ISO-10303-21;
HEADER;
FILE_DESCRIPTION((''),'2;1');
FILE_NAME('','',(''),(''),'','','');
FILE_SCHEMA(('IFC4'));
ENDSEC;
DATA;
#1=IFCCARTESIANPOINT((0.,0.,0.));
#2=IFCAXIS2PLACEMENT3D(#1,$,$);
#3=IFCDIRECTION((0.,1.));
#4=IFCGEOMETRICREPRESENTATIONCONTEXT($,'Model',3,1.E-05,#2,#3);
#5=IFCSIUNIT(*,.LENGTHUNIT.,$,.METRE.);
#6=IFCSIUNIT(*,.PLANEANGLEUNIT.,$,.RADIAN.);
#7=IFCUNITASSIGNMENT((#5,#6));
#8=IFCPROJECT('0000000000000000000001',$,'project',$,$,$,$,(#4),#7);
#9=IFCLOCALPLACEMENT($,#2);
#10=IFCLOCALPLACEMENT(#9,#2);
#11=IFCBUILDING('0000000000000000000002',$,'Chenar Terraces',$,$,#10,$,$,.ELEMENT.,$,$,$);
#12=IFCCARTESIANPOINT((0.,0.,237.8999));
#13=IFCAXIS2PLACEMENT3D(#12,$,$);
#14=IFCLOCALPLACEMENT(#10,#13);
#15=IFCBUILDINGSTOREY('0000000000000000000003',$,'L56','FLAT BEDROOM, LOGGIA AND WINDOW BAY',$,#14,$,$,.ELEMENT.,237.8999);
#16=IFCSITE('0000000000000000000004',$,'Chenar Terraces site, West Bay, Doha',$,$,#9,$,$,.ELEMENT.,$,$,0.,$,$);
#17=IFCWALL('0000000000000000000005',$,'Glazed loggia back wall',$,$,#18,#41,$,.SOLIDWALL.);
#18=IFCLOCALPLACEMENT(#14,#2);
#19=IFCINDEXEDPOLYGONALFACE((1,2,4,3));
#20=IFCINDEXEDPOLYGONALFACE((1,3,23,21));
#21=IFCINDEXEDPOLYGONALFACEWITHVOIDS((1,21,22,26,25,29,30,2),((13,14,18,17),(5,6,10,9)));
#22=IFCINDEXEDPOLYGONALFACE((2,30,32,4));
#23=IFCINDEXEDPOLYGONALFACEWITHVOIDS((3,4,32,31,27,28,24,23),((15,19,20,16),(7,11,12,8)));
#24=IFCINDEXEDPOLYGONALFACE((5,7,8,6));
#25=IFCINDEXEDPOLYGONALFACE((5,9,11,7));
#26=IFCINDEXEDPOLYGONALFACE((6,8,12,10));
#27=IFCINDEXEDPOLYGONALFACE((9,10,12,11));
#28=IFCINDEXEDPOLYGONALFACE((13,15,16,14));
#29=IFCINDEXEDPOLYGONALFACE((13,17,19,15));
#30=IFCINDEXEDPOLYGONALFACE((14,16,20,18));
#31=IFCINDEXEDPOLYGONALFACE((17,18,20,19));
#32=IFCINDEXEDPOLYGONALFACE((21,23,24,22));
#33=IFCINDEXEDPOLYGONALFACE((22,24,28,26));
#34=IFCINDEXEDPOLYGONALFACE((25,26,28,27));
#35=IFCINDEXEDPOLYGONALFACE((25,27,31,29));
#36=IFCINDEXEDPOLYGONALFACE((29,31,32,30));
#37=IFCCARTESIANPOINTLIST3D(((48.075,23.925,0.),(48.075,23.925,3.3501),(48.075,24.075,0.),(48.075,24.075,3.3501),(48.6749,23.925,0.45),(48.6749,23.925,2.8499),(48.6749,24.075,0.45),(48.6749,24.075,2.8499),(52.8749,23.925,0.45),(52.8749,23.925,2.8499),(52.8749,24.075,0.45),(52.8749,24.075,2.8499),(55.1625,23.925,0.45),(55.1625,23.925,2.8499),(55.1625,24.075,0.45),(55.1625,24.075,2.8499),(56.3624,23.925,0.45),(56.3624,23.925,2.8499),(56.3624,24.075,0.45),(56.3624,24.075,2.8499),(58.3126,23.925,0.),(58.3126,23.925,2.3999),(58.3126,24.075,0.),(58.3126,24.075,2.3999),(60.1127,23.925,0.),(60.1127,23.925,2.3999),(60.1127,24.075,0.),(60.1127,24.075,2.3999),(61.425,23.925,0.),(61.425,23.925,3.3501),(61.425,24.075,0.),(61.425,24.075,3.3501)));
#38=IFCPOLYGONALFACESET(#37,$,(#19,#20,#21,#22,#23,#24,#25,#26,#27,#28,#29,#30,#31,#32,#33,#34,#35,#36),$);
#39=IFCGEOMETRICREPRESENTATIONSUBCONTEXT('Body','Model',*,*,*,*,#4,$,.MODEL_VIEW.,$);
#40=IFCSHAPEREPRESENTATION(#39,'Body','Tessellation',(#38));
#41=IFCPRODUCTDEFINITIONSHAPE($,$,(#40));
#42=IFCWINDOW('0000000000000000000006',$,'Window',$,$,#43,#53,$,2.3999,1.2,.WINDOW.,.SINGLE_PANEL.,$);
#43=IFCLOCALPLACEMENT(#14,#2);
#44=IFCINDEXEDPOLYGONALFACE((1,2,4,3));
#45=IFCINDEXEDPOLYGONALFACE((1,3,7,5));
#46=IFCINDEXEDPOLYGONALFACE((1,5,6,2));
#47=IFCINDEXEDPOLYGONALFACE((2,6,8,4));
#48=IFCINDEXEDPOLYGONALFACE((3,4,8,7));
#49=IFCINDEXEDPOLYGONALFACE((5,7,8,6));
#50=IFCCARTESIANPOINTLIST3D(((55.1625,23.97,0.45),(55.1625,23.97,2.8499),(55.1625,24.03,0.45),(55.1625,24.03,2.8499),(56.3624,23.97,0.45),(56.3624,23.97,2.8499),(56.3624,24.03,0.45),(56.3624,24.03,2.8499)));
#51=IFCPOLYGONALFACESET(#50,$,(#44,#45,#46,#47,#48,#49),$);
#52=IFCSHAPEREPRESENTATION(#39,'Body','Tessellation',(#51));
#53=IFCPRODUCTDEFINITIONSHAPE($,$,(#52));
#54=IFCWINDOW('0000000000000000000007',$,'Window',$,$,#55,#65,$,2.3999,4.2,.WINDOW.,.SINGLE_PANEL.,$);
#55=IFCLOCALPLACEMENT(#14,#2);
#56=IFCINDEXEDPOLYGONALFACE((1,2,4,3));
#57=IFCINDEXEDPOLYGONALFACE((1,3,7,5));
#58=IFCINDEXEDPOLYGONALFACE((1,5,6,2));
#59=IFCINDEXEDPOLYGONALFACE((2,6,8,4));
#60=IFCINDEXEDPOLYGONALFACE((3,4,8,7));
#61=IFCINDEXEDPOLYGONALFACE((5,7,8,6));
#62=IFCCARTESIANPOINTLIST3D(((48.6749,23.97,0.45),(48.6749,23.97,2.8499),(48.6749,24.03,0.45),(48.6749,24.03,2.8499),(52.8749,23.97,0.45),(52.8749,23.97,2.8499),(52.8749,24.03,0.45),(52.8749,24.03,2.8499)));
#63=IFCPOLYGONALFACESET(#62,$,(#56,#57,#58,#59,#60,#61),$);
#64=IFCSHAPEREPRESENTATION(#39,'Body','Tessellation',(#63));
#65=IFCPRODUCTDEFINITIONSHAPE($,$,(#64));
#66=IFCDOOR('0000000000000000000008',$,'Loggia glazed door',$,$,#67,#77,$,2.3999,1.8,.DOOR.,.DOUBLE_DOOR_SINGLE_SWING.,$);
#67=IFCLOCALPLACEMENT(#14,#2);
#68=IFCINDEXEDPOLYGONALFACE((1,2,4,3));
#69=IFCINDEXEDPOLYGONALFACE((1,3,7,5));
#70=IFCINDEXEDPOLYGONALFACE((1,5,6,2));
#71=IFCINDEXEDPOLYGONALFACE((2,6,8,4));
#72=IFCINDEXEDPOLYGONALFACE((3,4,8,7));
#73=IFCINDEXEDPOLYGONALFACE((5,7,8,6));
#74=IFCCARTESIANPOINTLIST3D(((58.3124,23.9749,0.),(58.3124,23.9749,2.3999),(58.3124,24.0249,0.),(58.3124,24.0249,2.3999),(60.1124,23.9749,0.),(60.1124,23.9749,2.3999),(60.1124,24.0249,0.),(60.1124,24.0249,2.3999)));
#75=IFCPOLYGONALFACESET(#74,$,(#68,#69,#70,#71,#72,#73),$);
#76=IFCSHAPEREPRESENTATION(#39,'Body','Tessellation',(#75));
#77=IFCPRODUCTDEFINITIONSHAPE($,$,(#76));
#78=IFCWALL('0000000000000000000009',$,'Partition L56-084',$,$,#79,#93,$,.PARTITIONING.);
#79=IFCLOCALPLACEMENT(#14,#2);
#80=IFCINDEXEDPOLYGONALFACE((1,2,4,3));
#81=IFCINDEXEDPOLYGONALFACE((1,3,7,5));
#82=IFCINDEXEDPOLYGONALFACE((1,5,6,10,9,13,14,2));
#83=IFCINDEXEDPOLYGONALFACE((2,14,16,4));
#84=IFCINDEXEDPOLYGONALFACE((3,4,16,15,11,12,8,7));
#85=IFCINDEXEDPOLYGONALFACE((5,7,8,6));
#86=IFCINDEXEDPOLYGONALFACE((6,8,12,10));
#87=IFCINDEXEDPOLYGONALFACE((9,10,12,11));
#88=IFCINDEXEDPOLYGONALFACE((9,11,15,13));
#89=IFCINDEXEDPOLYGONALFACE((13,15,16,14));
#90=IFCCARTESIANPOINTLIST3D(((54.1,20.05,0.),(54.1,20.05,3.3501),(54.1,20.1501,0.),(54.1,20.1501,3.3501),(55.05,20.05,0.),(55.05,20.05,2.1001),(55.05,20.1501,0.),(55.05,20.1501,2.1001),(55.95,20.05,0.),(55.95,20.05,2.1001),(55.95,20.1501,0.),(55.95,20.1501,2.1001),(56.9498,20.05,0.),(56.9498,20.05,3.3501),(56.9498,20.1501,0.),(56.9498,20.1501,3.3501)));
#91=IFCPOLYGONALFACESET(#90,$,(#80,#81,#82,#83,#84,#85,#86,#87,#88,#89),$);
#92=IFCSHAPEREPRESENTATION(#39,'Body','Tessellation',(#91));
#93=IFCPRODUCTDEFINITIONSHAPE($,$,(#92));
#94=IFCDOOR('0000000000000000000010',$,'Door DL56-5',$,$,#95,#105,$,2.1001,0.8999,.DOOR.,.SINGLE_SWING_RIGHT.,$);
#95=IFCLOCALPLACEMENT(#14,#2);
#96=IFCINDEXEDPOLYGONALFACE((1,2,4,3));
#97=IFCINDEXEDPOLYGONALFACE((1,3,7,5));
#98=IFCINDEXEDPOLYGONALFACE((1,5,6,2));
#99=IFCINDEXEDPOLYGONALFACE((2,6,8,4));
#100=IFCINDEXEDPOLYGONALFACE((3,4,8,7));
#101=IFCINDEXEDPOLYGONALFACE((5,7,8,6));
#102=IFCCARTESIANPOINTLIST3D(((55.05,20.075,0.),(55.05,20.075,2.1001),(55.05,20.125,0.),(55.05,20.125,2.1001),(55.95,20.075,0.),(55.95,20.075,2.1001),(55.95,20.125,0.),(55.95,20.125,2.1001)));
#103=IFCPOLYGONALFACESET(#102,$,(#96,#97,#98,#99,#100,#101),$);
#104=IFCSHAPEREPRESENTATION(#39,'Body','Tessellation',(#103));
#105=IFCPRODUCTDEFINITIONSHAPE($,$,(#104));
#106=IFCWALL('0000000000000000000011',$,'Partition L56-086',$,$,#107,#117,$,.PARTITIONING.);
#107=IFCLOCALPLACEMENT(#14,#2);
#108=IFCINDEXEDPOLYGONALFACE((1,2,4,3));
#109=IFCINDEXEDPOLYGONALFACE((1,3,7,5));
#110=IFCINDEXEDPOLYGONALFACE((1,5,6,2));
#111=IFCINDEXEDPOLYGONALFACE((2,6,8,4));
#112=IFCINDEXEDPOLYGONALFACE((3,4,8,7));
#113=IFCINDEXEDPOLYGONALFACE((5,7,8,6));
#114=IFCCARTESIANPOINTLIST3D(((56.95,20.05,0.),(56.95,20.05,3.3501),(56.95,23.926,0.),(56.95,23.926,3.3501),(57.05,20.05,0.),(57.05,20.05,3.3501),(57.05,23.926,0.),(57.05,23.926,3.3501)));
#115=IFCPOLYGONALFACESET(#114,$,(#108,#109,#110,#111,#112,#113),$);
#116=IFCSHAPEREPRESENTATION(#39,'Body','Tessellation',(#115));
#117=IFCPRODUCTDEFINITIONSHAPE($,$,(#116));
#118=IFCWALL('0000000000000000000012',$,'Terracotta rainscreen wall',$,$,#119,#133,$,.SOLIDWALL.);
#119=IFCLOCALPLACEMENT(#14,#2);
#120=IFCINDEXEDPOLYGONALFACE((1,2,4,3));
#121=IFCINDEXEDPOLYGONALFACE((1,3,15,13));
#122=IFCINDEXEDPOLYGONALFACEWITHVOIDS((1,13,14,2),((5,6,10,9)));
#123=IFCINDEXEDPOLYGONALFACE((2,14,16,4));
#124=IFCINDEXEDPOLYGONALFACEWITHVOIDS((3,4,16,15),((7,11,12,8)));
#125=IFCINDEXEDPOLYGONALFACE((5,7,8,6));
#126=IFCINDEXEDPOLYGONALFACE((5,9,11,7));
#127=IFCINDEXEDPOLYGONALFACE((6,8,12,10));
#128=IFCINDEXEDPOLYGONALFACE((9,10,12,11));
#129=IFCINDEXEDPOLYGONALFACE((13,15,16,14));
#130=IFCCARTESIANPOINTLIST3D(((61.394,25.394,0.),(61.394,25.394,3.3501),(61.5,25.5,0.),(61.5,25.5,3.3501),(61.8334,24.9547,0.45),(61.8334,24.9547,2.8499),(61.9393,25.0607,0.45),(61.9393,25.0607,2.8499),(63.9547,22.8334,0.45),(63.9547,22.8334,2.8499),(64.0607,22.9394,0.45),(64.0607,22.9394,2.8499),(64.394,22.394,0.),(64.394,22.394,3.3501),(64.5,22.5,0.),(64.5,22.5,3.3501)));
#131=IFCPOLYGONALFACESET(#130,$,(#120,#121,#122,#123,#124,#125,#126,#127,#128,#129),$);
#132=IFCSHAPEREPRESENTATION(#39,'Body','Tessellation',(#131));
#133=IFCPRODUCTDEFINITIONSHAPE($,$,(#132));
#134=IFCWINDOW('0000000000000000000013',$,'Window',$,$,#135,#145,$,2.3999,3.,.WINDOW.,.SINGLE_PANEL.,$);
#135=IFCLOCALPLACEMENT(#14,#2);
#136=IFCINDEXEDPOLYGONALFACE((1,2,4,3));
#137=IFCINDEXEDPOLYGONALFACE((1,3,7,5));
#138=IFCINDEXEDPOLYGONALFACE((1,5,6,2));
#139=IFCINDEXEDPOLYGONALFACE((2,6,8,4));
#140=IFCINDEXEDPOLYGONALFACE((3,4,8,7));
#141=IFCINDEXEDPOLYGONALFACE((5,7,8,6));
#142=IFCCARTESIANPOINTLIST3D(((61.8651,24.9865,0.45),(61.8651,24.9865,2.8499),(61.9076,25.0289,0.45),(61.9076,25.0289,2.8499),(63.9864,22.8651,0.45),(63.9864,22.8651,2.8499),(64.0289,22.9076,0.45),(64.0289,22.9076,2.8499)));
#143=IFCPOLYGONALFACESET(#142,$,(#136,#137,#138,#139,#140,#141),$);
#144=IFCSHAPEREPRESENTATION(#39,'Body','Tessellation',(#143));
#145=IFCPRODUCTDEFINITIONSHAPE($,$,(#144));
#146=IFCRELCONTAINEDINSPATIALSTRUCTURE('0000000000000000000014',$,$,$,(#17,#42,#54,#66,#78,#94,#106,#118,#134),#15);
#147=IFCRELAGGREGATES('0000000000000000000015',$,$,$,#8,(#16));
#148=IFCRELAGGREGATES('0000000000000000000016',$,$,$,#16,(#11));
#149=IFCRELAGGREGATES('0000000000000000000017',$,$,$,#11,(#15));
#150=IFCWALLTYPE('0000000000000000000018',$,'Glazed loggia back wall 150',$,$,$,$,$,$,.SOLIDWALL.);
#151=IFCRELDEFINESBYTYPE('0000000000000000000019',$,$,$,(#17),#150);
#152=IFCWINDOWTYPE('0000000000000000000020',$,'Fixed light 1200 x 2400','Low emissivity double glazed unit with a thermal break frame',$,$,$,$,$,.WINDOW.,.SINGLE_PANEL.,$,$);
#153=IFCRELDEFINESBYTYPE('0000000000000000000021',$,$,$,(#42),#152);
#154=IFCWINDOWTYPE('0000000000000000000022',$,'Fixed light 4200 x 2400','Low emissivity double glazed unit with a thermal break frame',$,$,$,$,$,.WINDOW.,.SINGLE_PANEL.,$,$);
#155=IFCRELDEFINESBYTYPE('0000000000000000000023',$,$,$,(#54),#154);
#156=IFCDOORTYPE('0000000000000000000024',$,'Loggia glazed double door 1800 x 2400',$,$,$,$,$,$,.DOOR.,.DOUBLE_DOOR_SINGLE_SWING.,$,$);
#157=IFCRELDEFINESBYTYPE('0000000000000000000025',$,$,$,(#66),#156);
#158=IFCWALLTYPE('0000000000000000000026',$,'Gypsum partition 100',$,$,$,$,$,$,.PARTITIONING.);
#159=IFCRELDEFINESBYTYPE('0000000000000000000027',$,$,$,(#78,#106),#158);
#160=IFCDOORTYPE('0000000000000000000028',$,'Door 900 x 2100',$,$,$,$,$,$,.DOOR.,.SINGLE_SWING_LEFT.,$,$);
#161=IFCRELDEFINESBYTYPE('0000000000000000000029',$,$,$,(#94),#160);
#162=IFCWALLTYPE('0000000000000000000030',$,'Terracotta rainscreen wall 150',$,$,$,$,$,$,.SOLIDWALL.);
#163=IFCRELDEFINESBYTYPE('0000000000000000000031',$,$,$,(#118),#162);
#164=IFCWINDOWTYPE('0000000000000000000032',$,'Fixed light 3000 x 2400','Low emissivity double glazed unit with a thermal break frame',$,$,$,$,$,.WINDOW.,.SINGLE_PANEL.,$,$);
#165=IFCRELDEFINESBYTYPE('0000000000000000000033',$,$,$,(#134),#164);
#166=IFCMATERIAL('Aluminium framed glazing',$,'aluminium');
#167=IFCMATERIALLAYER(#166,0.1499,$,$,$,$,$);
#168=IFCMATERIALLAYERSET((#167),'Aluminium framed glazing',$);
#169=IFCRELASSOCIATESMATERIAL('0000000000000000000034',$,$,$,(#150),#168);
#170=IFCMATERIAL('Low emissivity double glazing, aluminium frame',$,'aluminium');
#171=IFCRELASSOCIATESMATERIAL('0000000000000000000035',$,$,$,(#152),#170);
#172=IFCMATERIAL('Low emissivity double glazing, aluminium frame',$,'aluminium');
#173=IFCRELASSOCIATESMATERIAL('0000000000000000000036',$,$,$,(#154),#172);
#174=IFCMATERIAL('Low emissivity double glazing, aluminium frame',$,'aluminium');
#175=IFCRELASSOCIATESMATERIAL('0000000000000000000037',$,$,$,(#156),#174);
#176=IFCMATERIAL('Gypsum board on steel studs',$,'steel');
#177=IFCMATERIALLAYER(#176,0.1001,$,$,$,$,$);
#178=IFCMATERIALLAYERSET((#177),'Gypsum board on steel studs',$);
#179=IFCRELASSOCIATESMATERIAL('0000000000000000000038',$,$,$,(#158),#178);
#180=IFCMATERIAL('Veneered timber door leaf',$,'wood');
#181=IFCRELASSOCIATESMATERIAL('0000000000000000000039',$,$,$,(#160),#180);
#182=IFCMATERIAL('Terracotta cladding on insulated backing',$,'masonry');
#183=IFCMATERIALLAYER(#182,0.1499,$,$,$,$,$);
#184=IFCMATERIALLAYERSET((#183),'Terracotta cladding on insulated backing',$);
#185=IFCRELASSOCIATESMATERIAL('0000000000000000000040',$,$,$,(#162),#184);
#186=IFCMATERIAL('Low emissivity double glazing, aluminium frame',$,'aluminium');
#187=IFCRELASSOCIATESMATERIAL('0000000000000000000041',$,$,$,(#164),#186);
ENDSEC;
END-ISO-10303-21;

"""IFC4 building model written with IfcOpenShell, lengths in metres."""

from ifc_helpers import new_model, si_unit, direction, frame, frame_2d, origin, place, context, subcontext, project, spatial, rectangle, extrude, material, layer, layer_set, type_object, element, fill, save


model = new_model("IFC4")

# Units and contexts
model_context = context("Model", 3, precision=1e-05, world=origin(), true_north=direction((0.0, 1.0)))
body_context = subcontext(model_context, "Body", "Model", "MODEL_VIEW")
ifc_project = project(units=[si_unit("LENGTHUNIT", "METRE"), si_unit("PLANEANGLEUNIT", "RADIAN")], contexts=[model_context])

# Site, building, storey
site_placement = place(None, origin())
site = spatial("IfcSite", under=ifc_project, at=site_placement, Name="Chenar Terraces site, West Bay, Doha", CompositionType="ELEMENT", RefElevation=0.0)
building_placement = place(site_placement, origin())
building = spatial("IfcBuilding", under=site, at=building_placement, Name="Chenar Terraces", CompositionType="ELEMENT")
storey_placement = place(building_placement, frame((0.0, 0.0, 237.8999)))
storey = spatial("IfcBuildingStorey", under=building, at=storey_placement, Name="L56", Description="FLAT BEDROOM, LOGGIA AND WINDOW BAY", CompositionType="ELEMENT", Elevation=237.8999)

# Wall, openings, windows, door
ifc_material_1 = material(Name="Aluminium framed glazing", Category="aluminium")
ifc_layer_1 = layer(ifc_material_1, 0.1499)
ifc_layer_set_1 = layer_set([ifc_layer_1], Name="Aluminium framed glazing")
wall_type_1 = type_object("IfcWallType", Name="Glazed loggia back wall 150", PredefinedType="SOLIDWALL", material=ifc_layer_set_1)
wall_1_placement = place(storey_placement, frame((61.425, 24.0, 0.0), z_axis=(0.0, 0.0, 1.0), x_axis=(-1.0, 0.0, 0.0)))
wall_1 = element("IfcWall", 1, at=wall_1_placement, inside=storey, type_object=wall_type_1, Name="Glazed loggia back wall", PredefinedType="SOLIDWALL", context=body_context, shape_type="SweptSolid", body=[
    extrude(rectangle(XDim=13.3501, YDim=0.1499, at=frame_2d((6.675, 0.0))), origin(), (0.0, 0.0, 1.0), 3.3501),
])
opening_1_placement = place(wall_1_placement, frame((1.3125, 0.0, 0.0)))
opening_1 = element("IfcOpeningElement", 2, at=opening_1_placement, cuts=wall_1, PredefinedType="OPENING", context=body_context, shape_type="SweptSolid", body=[
    extrude(rectangle(XDim=1.8, YDim=2.3999, at=frame_2d((0.8999, 1.2))), frame((0.0, 0.085, 0.0), z_axis=(0.0, -1.0, 0.0), x_axis=(1.0, 0.0, 0.0)), (0.0, 0.0, 1.0), 0.1699),
])
opening_2_placement = place(wall_1_placement, frame((5.0625, 0.0, 0.45)))
opening_2 = element("IfcOpeningElement", 3, at=opening_2_placement, cuts=wall_1, PredefinedType="OPENING", context=body_context, shape_type="SweptSolid", body=[
    extrude(rectangle(XDim=1.2, YDim=2.3999, at=frame_2d((0.6001, 1.2))), frame((0.0, 0.085, 0.0), z_axis=(0.0, -1.0, 0.0), x_axis=(1.0, 0.0, 0.0)), (0.0, 0.0, 1.0), 0.1699),
])
opening_3_placement = place(wall_1_placement, frame((8.55, 0.0, 0.45)))
opening_3 = element("IfcOpeningElement", 4, at=opening_3_placement, cuts=wall_1, PredefinedType="OPENING", context=body_context, shape_type="SweptSolid", body=[
    extrude(rectangle(XDim=4.2, YDim=2.3999, at=frame_2d((2.1001, 1.2))), frame((0.0, 0.085, 0.0), z_axis=(0.0, -1.0, 0.0), x_axis=(1.0, 0.0, 0.0)), (0.0, 0.0, 1.0), 0.1699),
])
ifc_material_2 = material(Name="Low emissivity double glazing, aluminium frame", Category="aluminium")
window_type_1 = type_object("IfcWindowType", Name="Fixed light 1200 x 2400", Description="Low emissivity double glazed unit with a thermal break frame", PartitioningType="SINGLE_PANEL", PredefinedType="WINDOW", material=ifc_material_2)
window_1_placement = place(opening_2_placement, origin())
window_1 = element("IfcWindow", 5, at=window_1_placement, inside=storey, type_object=window_type_1, Name="Window", OverallHeight=2.3999, OverallWidth=1.2, PartitioningType="SINGLE_PANEL", PredefinedType="WINDOW", context=body_context, shape_type="SweptSolid", body=[
    extrude(rectangle(XDim=1.2, YDim=2.3999, at=frame_2d((0.6001, 1.2))), frame((0.0, 0.03, 0.0), z_axis=(0.0, -1.0, 0.0), x_axis=(1.0, 0.0, 0.0)), (0.0, 0.0, 1.0), 0.0601),
])
fill(opening_2, window_1)
ifc_material_3 = material(Name="Low emissivity double glazing, aluminium frame", Category="aluminium")
window_type_2 = type_object("IfcWindowType", Name="Fixed light 4200 x 2400", Description="Low emissivity double glazed unit with a thermal break frame", PartitioningType="SINGLE_PANEL", PredefinedType="WINDOW", material=ifc_material_3)
window_2_placement = place(opening_3_placement, origin())
window_2 = element("IfcWindow", 6, at=window_2_placement, inside=storey, type_object=window_type_2, Name="Window", OverallHeight=2.3999, OverallWidth=4.2, PartitioningType="SINGLE_PANEL", PredefinedType="WINDOW", context=body_context, shape_type="SweptSolid", body=[
    extrude(rectangle(XDim=4.2, YDim=2.3999, at=frame_2d((2.1001, 1.2))), frame((0.0, 0.03, 0.0), z_axis=(0.0, -1.0, 0.0), x_axis=(1.0, 0.0, 0.0)), (0.0, 0.0, 1.0), 0.0601),
])
fill(opening_3, window_2)
ifc_material_4 = material(Name="Low emissivity double glazing, aluminium frame", Category="aluminium")
door_type_1 = type_object("IfcDoorType", Name="Loggia glazed double door 1800 x 2400", OperationType="DOUBLE_DOOR_SINGLE_SWING", PredefinedType="DOOR", material=ifc_material_4)
door_1_placement = place(opening_1_placement, frame((1.8, 0.0, 0.0), z_axis=(0.0, 0.0, 1.0), x_axis=(-1.0, 0.0, 0.0)))
door_1 = element("IfcDoor", 7, at=door_1_placement, inside=storey, type_object=door_type_1, Name="Loggia glazed door", OperationType="DOUBLE_DOOR_SINGLE_SWING", OverallHeight=2.3999, OverallWidth=1.8, PredefinedType="DOOR", context=body_context, shape_type="SweptSolid", body=[
    extrude(rectangle(XDim=1.8, YDim=2.3999, at=frame_2d((0.8999, 1.2))), frame((0.0, 0.0249, 0.0), z_axis=(0.0, -1.0, 0.0), x_axis=(1.0, 0.0, 0.0)), (0.0, 0.0, 1.0), 0.05),
])
fill(opening_1, door_1)

# Wall, opening, door
ifc_material_5 = material(Name="Gypsum board on steel studs", Category="steel")
ifc_layer_2 = layer(ifc_material_5, 0.1001)
ifc_layer_set_2 = layer_set([ifc_layer_2], Name="Gypsum board on steel studs")
wall_type_2 = type_object("IfcWallType", Name="Gypsum partition 100", PredefinedType="PARTITIONING", material=ifc_layer_set_2)
wall_2_placement = place(storey_placement, frame((54.1001, 20.1001, 0.0), z_axis=(0.0, 0.0, 1.0), x_axis=(1.0, 0.0, 0.0)))
wall_2 = element("IfcWall", 8, at=wall_2_placement, inside=storey, type_object=wall_type_2, Name="Partition L56-084", PredefinedType="PARTITIONING", context=body_context, shape_type="SweptSolid", body=[
    extrude(rectangle(XDim=2.8499, YDim=0.1001, at=frame_2d((1.4248, 0.0))), origin(), (0.0, 0.0, 1.0), 3.3501),
])
opening_4_placement = place(wall_2_placement, frame((0.95, 0.0, 0.0)))
opening_4 = element("IfcOpeningElement", 9, at=opening_4_placement, cuts=wall_2, PredefinedType="OPENING", context=body_context, shape_type="SweptSolid", body=[
    extrude(rectangle(XDim=0.8999, YDim=2.1001, at=frame_2d((0.45, 1.05))), frame((0.0, 0.0601, 0.0), z_axis=(0.0, -1.0, 0.0), x_axis=(1.0, 0.0, 0.0)), (0.0, 0.0, 1.0), 0.1201),
])
ifc_material_6 = material(Name="Veneered timber door leaf", Category="wood")
door_type_2 = type_object("IfcDoorType", Name="Door 900 x 2100", OperationType="SINGLE_SWING_LEFT", PredefinedType="DOOR", material=ifc_material_6)
door_2_placement = place(opening_4_placement, origin())
door_2 = element("IfcDoor", 10, at=door_2_placement, inside=storey, type_object=door_type_2, Name="Door DL56-5", OperationType="SINGLE_SWING_RIGHT", OverallHeight=2.1001, OverallWidth=0.8999, PredefinedType="DOOR", context=body_context, shape_type="SweptSolid", body=[
    extrude(rectangle(XDim=0.8999, YDim=2.1001, at=frame_2d((0.45, 1.05))), frame((0.0, 0.0249, 0.0), z_axis=(0.0, -1.0, 0.0), x_axis=(1.0, 0.0, 0.0)), (0.0, 0.0, 1.0), 0.05),
])
fill(opening_4, door_2)

# Wall
wall_3_placement = place(storey_placement, frame((57.0, 20.05, 0.0), z_axis=(0.0, 0.0, 1.0), x_axis=(0.0, 1.0, 0.0)))
element("IfcWall", 11, at=wall_3_placement, inside=storey, type_object=wall_type_2, Name="Partition L56-086", PredefinedType="PARTITIONING", context=body_context, shape_type="SweptSolid", body=[
    extrude(rectangle(XDim=3.876, YDim=0.1001, at=frame_2d((1.938, 0.0))), origin(), (0.0, 0.0, 1.0), 3.3501),
])

# Wall, opening, window
ifc_material_7 = material(Name="Terracotta cladding on insulated backing", Category="masonry")
ifc_layer_3 = layer(ifc_material_7, 0.1499)
ifc_layer_set_3 = layer_set([ifc_layer_3], Name="Terracotta cladding on insulated backing")
wall_type_3 = type_object("IfcWallType", Name="Terracotta rainscreen wall 150", PredefinedType="SOLIDWALL", material=ifc_layer_set_3)
wall_4_placement = place(storey_placement, frame((64.447, 22.447, 0.0), z_axis=(0.0, 0.0, 1.0), x_axis=(-0.707107, 0.707107, 0.0)))
wall_4 = element("IfcWall", 12, at=wall_4_placement, inside=storey, type_object=wall_type_3, Name="Terracotta rainscreen wall", PredefinedType="SOLIDWALL", context=body_context, shape_type="SweptSolid", body=[
    extrude(rectangle(XDim=4.2427, YDim=0.1499, at=frame_2d((2.1213, 0.0))), origin(), (0.0, 0.0, 1.0), 3.3501),
])
opening_5_placement = place(wall_4_placement, frame((0.6213, 0.0, 0.45)))
opening_5 = element("IfcOpeningElement", 13, at=opening_5_placement, cuts=wall_4, PredefinedType="OPENING", context=body_context, shape_type="SweptSolid", body=[
    extrude(rectangle(XDim=3.0, YDim=2.3999, at=frame_2d((1.5, 1.2))), frame((0.0, 0.085, 0.0), z_axis=(0.0, -1.0, 0.0), x_axis=(1.0, 0.0, 0.0)), (0.0, 0.0, 1.0), 0.1699),
])
ifc_material_8 = material(Name="Low emissivity double glazing, aluminium frame", Category="aluminium")
window_type_3 = type_object("IfcWindowType", Name="Fixed light 3000 x 2400", Description="Low emissivity double glazed unit with a thermal break frame", PartitioningType="SINGLE_PANEL", PredefinedType="WINDOW", material=ifc_material_8)
window_3_placement = place(opening_5_placement, origin())
window_3 = element("IfcWindow", 14, at=window_3_placement, inside=storey, type_object=window_type_3, Name="Window", OverallHeight=2.3999, OverallWidth=3.0, PartitioningType="SINGLE_PANEL", PredefinedType="WINDOW", context=body_context, shape_type="SweptSolid", body=[
    extrude(rectangle(XDim=3.0, YDim=2.3999, at=frame_2d((1.5, 1.2))), frame((0.0, 0.03, 0.0), z_axis=(0.0, -1.0, 0.0), x_axis=(1.0, 0.0, 0.0)), (0.0, 0.0, 1.0), 0.0601),
])
fill(opening_5, window_3)

save(model, "model.ifc")
